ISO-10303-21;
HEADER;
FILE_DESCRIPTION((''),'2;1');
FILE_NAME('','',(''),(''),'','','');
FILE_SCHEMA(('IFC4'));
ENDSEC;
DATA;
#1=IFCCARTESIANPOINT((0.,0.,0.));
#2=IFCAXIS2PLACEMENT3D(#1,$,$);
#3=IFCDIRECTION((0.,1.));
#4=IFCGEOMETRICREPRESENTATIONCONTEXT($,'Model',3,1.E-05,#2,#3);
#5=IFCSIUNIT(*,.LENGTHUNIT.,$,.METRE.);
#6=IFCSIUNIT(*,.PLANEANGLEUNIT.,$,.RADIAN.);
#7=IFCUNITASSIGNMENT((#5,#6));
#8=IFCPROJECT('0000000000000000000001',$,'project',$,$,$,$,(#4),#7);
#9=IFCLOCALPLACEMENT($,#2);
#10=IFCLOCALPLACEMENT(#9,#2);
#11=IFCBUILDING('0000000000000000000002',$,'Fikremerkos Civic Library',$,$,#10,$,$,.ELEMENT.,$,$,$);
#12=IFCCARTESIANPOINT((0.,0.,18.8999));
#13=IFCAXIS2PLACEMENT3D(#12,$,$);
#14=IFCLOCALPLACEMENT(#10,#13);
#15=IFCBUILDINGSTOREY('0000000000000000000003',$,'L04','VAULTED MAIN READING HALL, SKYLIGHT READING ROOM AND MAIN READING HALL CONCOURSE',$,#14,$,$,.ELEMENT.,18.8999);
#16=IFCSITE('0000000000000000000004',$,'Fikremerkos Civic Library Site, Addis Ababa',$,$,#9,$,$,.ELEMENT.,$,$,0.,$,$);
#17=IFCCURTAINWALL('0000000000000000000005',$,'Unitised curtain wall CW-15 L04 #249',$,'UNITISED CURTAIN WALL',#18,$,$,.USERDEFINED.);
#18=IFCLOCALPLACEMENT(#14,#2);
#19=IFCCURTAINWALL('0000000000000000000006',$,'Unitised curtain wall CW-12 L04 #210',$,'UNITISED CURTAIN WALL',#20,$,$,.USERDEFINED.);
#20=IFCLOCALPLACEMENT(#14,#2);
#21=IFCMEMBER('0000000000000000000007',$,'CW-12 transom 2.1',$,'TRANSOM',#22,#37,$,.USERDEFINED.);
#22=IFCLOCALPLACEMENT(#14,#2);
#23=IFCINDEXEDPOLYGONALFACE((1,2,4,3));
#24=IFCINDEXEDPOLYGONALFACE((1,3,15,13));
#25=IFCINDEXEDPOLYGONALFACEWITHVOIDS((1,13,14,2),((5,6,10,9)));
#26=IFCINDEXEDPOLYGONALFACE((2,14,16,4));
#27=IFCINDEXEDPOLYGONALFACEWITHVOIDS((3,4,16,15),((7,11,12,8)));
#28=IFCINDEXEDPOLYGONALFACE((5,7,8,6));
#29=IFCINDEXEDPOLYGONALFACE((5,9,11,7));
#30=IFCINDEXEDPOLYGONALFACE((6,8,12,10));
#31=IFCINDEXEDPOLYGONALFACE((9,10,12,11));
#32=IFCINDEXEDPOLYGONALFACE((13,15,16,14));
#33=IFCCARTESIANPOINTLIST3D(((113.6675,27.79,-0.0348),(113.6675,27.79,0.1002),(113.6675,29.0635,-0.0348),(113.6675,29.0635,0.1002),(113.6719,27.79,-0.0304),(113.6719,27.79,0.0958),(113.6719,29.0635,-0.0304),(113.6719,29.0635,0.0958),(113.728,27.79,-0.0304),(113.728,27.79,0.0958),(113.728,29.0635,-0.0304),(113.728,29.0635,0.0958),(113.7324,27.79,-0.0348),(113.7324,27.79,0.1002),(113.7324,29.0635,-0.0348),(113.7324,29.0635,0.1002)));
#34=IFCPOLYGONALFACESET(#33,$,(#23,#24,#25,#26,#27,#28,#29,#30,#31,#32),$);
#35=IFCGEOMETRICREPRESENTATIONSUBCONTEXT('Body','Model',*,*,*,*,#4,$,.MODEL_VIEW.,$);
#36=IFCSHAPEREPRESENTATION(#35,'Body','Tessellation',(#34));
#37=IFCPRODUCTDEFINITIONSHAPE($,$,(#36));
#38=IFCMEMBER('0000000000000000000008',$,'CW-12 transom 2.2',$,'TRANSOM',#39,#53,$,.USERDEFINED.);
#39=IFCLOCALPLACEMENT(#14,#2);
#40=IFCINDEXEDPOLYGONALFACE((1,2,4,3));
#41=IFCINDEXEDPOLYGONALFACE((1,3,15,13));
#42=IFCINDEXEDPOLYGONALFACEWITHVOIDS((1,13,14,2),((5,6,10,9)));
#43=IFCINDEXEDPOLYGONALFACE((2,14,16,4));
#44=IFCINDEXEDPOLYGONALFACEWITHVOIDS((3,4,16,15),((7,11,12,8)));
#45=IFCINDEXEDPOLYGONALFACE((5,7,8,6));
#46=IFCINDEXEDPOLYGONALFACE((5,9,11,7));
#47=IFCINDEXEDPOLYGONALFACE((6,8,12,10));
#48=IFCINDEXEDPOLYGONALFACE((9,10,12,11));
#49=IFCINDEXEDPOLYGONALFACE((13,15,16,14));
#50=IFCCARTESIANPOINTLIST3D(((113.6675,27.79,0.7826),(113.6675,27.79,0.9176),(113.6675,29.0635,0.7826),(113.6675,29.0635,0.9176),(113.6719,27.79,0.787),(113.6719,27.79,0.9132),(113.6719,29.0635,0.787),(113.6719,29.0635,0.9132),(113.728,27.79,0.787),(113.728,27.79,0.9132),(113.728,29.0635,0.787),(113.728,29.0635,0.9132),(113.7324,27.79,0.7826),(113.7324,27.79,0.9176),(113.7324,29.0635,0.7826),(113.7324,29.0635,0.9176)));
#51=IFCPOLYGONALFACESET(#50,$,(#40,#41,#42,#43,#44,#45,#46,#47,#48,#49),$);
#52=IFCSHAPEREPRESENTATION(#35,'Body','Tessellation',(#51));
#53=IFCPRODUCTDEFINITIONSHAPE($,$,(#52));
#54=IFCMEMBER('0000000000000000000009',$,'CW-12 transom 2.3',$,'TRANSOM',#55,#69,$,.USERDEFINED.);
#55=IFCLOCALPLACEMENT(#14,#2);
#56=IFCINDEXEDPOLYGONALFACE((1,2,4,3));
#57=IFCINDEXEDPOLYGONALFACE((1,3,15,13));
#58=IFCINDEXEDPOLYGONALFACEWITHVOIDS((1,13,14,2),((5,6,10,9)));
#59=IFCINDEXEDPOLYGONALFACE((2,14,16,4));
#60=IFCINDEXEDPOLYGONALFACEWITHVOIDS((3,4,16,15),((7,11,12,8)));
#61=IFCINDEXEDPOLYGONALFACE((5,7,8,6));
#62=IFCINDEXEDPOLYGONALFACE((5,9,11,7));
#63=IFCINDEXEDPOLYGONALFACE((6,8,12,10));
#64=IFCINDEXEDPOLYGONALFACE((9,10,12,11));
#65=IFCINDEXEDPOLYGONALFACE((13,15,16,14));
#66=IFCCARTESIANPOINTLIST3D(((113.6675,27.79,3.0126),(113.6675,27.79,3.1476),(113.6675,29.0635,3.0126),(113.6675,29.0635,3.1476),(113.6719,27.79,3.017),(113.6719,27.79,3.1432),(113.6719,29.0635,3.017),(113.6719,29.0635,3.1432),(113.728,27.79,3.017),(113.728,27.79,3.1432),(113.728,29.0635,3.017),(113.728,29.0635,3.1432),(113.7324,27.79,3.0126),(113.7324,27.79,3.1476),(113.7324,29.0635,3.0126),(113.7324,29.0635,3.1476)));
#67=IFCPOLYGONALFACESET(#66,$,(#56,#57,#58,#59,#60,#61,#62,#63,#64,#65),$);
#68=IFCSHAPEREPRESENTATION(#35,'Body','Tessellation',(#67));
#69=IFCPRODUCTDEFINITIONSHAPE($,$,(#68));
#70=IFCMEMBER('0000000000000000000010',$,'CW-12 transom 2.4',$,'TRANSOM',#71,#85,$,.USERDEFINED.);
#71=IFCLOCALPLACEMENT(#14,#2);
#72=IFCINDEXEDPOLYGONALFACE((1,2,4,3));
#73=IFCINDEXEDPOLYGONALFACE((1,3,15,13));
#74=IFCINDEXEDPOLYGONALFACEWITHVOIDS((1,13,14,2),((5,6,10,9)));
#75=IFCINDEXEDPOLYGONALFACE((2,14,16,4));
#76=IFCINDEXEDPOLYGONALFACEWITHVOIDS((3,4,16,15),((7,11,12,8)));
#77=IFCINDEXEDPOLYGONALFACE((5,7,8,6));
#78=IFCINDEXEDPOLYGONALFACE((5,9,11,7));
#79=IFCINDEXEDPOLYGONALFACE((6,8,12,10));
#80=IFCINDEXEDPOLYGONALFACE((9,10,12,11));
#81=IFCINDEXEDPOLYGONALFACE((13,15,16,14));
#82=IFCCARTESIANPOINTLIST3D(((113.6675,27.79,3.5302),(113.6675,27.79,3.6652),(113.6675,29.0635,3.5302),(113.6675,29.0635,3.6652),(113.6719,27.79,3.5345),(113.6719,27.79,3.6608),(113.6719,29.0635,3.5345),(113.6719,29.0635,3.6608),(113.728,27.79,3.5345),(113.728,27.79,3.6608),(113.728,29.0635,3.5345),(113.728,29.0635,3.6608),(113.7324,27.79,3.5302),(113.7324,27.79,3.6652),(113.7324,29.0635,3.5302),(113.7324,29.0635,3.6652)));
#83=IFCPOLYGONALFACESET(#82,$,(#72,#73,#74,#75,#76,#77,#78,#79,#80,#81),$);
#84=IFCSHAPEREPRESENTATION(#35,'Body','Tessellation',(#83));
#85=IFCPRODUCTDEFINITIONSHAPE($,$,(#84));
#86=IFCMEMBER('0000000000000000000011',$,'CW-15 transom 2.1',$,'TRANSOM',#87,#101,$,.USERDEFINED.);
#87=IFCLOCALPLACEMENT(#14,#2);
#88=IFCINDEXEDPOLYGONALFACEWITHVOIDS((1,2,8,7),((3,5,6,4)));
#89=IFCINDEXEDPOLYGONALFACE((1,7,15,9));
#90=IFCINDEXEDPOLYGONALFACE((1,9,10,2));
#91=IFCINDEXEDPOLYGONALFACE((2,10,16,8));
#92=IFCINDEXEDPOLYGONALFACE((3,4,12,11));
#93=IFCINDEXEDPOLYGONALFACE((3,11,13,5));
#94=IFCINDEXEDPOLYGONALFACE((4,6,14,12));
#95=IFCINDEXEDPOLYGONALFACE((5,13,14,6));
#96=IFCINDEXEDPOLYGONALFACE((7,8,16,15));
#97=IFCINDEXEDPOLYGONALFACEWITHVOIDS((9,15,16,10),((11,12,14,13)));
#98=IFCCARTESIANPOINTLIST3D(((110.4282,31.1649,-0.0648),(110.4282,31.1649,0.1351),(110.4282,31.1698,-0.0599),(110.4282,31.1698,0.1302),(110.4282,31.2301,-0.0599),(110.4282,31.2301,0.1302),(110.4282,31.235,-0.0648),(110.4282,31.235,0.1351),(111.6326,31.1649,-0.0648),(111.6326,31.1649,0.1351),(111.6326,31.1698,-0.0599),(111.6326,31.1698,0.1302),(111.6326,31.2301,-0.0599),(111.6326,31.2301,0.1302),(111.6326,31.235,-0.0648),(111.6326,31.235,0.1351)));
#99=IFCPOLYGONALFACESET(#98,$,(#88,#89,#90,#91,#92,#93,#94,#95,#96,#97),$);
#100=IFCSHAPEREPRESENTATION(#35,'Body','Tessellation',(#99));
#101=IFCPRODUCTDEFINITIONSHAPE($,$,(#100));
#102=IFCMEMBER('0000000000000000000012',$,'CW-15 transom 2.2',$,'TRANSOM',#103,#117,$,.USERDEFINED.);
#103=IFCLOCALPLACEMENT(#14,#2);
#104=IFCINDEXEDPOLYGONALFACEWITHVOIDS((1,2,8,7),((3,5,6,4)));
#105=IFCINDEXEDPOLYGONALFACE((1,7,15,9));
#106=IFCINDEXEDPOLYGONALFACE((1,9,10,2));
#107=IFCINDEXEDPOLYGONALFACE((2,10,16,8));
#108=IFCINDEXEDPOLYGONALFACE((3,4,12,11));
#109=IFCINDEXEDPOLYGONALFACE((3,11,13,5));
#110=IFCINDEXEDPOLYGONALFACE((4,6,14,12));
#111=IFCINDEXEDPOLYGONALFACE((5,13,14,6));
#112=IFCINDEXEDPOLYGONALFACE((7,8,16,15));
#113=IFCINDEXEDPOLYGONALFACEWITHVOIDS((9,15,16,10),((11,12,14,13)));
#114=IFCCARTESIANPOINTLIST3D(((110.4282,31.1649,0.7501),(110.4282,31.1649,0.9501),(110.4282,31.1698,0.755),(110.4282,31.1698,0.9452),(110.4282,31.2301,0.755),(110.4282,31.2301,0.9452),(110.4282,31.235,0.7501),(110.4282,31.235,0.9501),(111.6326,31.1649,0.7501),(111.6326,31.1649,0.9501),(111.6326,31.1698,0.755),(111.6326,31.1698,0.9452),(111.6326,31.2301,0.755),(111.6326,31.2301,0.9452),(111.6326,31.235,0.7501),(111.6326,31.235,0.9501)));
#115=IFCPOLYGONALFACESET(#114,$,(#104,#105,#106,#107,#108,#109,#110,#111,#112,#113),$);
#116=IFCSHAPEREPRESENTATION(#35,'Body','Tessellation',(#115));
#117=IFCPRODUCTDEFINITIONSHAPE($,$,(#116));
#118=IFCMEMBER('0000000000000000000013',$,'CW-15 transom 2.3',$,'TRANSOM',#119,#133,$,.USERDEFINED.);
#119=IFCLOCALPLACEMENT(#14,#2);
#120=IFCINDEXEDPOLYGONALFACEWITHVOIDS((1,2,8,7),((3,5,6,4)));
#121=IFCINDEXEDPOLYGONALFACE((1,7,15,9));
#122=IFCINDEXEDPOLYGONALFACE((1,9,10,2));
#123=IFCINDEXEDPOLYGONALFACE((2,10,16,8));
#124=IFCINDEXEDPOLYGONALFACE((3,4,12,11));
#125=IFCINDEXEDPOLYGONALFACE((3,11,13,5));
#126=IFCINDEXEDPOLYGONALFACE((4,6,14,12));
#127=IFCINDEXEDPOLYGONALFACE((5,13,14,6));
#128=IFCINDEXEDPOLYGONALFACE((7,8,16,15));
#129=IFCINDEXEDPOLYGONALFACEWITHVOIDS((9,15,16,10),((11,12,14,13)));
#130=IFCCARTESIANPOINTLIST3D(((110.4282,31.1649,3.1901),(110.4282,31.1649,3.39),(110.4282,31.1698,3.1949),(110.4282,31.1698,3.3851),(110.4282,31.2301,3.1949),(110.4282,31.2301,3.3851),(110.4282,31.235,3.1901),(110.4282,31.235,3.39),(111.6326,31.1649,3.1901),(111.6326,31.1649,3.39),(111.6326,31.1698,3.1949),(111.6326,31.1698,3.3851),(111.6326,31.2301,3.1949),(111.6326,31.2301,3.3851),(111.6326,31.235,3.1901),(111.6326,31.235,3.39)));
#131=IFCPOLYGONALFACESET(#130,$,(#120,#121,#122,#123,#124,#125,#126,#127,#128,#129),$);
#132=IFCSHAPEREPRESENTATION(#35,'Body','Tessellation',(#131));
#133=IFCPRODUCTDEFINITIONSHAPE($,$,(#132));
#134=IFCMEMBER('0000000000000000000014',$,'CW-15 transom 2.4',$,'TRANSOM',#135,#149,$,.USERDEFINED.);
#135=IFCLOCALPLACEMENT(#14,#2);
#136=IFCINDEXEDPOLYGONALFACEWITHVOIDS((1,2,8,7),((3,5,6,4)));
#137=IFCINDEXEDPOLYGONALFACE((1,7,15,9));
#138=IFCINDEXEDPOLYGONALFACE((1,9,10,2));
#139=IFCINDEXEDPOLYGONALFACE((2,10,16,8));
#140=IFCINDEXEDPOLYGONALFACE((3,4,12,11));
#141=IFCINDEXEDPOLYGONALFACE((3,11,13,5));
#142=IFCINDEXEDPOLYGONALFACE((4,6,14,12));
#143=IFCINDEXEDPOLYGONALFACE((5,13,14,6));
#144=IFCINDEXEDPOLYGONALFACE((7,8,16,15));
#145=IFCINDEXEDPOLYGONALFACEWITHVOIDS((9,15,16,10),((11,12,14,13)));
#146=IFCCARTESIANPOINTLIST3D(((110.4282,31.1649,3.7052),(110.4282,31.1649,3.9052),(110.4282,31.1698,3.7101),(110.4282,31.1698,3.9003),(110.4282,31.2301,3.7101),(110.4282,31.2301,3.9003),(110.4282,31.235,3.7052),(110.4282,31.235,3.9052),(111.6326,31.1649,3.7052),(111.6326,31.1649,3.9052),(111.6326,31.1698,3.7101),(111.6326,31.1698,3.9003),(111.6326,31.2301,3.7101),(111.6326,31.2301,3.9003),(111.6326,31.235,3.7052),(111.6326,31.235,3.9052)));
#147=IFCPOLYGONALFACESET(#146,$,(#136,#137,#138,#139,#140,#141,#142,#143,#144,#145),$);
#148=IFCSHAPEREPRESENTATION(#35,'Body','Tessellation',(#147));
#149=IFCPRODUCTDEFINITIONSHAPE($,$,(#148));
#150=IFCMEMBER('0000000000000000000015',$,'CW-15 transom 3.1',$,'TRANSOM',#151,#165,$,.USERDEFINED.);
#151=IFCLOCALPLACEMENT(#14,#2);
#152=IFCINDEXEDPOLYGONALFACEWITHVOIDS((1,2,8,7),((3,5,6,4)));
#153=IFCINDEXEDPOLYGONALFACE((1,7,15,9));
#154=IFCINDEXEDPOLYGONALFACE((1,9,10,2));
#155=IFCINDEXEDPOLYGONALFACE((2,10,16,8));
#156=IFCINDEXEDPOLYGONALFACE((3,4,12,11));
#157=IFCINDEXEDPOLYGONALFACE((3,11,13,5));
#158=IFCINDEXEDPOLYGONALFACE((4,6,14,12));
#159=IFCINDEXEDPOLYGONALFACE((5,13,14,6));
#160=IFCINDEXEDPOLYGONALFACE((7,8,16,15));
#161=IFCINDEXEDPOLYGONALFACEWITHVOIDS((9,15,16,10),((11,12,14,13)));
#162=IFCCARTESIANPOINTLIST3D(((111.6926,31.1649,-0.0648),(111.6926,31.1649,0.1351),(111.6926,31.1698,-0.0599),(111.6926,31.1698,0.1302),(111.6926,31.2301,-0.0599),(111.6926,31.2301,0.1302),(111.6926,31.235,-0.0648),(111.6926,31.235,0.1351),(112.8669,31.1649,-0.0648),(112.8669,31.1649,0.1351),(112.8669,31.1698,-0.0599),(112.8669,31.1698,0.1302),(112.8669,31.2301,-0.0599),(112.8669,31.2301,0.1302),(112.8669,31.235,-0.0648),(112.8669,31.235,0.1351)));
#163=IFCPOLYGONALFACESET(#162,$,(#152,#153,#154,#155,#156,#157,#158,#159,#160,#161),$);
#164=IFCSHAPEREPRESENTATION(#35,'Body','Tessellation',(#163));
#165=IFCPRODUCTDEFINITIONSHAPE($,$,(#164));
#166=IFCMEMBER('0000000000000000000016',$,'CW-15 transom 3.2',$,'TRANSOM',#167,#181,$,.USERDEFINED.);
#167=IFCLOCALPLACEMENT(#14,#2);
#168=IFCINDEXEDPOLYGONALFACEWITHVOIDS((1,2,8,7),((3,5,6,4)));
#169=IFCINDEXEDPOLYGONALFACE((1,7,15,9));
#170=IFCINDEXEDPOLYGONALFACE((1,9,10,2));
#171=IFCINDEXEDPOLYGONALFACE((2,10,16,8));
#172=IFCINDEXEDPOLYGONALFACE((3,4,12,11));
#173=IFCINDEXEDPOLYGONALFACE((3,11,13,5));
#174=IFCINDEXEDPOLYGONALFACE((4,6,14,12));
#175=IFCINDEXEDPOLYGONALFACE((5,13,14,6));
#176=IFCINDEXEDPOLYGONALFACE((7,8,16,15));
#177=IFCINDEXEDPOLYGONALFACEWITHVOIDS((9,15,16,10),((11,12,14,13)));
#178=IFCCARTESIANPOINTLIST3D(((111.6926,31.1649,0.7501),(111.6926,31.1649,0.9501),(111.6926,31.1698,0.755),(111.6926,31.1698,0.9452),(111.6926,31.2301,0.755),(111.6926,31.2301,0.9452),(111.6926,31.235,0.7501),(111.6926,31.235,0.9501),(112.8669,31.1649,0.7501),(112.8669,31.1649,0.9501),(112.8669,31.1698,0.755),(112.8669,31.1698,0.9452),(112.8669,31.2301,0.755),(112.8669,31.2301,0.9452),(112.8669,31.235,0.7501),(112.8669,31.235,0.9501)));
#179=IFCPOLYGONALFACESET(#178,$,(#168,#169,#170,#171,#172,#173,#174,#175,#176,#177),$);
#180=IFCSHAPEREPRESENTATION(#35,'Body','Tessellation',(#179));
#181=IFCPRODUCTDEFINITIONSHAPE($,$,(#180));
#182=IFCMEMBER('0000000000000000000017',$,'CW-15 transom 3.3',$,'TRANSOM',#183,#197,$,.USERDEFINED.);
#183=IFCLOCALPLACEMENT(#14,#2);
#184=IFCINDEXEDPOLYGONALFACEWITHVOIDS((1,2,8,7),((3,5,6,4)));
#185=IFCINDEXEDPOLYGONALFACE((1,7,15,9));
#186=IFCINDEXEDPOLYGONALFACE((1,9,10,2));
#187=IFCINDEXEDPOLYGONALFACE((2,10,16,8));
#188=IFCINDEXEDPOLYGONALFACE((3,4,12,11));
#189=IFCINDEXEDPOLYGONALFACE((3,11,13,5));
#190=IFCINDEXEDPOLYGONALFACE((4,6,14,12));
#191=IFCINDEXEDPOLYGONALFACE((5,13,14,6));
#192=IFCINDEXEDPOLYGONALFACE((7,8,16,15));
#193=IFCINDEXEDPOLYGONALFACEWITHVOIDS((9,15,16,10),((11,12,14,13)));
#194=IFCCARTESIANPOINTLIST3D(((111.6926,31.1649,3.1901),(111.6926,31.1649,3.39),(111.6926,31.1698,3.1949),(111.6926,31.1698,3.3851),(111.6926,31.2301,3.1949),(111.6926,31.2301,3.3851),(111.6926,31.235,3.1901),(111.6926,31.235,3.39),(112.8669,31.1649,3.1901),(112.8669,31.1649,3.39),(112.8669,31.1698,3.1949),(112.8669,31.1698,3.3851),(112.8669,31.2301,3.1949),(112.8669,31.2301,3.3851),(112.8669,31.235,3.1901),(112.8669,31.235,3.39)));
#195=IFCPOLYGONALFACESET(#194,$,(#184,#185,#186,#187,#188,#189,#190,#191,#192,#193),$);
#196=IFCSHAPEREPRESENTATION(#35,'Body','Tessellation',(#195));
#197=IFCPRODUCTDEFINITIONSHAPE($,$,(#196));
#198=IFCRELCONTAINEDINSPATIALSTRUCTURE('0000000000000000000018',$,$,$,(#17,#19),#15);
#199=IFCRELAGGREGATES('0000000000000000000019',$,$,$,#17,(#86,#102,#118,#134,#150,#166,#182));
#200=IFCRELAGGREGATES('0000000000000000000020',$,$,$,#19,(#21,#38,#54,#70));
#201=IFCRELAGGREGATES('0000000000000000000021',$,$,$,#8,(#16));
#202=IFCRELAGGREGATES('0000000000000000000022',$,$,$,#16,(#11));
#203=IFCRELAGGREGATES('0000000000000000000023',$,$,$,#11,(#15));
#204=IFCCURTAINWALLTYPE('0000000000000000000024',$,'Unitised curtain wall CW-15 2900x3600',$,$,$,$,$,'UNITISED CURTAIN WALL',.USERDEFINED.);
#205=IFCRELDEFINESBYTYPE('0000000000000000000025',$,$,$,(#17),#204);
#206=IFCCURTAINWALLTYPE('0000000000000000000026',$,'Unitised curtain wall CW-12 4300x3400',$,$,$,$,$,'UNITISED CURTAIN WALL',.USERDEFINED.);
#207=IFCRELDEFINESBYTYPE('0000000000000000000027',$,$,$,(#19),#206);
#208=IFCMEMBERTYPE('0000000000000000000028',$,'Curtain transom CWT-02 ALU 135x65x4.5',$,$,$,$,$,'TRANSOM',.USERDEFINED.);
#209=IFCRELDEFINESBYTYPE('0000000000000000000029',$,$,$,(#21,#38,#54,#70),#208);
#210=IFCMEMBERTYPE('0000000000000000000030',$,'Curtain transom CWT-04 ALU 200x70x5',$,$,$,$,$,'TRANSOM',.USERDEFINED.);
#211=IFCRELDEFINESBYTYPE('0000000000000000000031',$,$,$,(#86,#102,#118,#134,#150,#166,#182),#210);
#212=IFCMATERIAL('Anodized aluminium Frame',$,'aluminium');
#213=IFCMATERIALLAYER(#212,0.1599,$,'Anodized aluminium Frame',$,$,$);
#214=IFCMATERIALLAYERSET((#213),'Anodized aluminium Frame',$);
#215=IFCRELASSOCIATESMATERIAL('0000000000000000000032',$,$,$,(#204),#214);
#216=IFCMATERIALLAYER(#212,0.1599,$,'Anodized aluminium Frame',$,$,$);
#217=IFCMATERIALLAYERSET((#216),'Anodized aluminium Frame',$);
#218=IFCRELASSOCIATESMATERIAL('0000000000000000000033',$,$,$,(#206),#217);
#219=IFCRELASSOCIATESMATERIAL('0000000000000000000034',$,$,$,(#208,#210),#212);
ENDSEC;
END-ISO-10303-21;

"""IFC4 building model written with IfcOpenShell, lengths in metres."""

from ifc_helpers import new_model, si_unit, direction, frame, origin, origin_2d, place, context, subcontext, project, spatial, hollow_rectangle, extrude, material, layer, layer_set, material_profile, profile_set, type_object, element, aggregate, save


model = new_model("IFC4")

# Units and contexts
model_context = context("Model", 3, precision=1e-05, world=origin(), true_north=direction((0.0, 1.0)))
body_context = subcontext(model_context, "Body", "Model", "MODEL_VIEW")
ifc_project = project(units=[si_unit("LENGTHUNIT", "METRE"), si_unit("PLANEANGLEUNIT", "RADIAN")], contexts=[model_context])

# Site, building, storey
site_placement = place(None, origin())
site = spatial("IfcSite", under=ifc_project, at=site_placement, Name="Fikremerkos Civic Library Site, Addis Ababa", CompositionType="ELEMENT", RefElevation=0.0)
building_placement = place(site_placement, origin())
building = spatial("IfcBuilding", under=site, at=building_placement, Name="Fikremerkos Civic Library", CompositionType="ELEMENT")
storey_placement = place(building_placement, frame((0.0, 0.0, 18.8999)))
storey = spatial("IfcBuildingStorey", under=building, at=storey_placement, Name="L04", Description="VAULTED MAIN READING HALL, SKYLIGHT READING ROOM AND MAIN READING HALL CONCOURSE", CompositionType="ELEMENT", Elevation=18.8999)

# Curtain walls, members
ifc_material_1 = material(Name="Anodized aluminium Frame", Category="aluminium")
ifc_layer_1 = layer(ifc_material_1, 0.1599, Name="Anodized aluminium Frame")
ifc_layer_set_1 = layer_set([ifc_layer_1], Name="Anodized aluminium Frame")
curtain_wall_type_1 = type_object("IfcCurtainWallType", Name="Unitised curtain wall CW-15 2900x3600", ElementType="UNITISED CURTAIN WALL", PredefinedType="USERDEFINED", material=ifc_layer_set_1)
curtain_wall_1_placement = place(storey_placement, origin())
curtain_wall_1 = element("IfcCurtainWall", 1, at=curtain_wall_1_placement, inside=storey, type_object=curtain_wall_type_1, Name="Unitised curtain wall CW-15 L04 #249", ObjectType="UNITISED CURTAIN WALL", PredefinedType="USERDEFINED")
ifc_layer_2 = layer(ifc_material_1, 0.1599, Name="Anodized aluminium Frame")
ifc_layer_set_2 = layer_set([ifc_layer_2], Name="Anodized aluminium Frame")
curtain_wall_type_2 = type_object("IfcCurtainWallType", Name="Unitised curtain wall CW-12 4300x3400", ElementType="UNITISED CURTAIN WALL", PredefinedType="USERDEFINED", material=ifc_layer_set_2)
curtain_wall_2_placement = place(storey_placement, origin())
curtain_wall_2 = element("IfcCurtainWall", 2, at=curtain_wall_2_placement, inside=storey, type_object=curtain_wall_type_2, Name="Unitised curtain wall CW-12 L04 #210", ObjectType="UNITISED CURTAIN WALL", PredefinedType="USERDEFINED")
ifc_material_profile_1 = material_profile(ifc_material_1, hollow_rectangle(XDim=0.0649, YDim=0.135, WallThickness=0.0044, at=origin_2d()), Name="ALU 135x65x4.5")
ifc_profile_set_1 = profile_set([ifc_material_profile_1], Name="Anodized aluminium Frame")
member_type_1 = type_object("IfcMemberType", Name="Curtain transom CWT-02 ALU 135x65x4.5", ElementType="TRANSOM", PredefinedType="USERDEFINED", material=ifc_profile_set_1)
member_1_placement = place(storey_placement, frame((113.7, 29.0635, 0.0327), z_axis=(0.0, -1.0, 0.0), x_axis=(1.0, 0.0, 0.0)))
member_1 = element("IfcMember", 3, at=member_1_placement, type_object=member_type_1, Name="CW-12 transom 2.1", ObjectType="TRANSOM", PredefinedType="USERDEFINED", context=body_context, shape_type="SweptSolid", body=[
    extrude(hollow_rectangle(XDim=0.0649, YDim=0.135, WallThickness=0.0044, at=origin_2d()), origin(), (0.0, 0.0, 1.0), 1.2734),
])
member_2_placement = place(storey_placement, frame((113.7, 29.0635, 0.8501), z_axis=(0.0, -1.0, 0.0), x_axis=(1.0, 0.0, 0.0)))
member_2 = element("IfcMember", 4, at=member_2_placement, type_object=member_type_1, Name="CW-12 transom 2.2", ObjectType="TRANSOM", PredefinedType="USERDEFINED", context=body_context, shape_type="SweptSolid", body=[
    extrude(hollow_rectangle(XDim=0.0649, YDim=0.135, WallThickness=0.0044, at=origin_2d()), origin(), (0.0, 0.0, 1.0), 1.2734),
])
member_3_placement = place(storey_placement, frame((113.7, 29.0635, 3.0801), z_axis=(0.0, -1.0, 0.0), x_axis=(1.0, 0.0, 0.0)))
member_3 = element("IfcMember", 5, at=member_3_placement, type_object=member_type_1, Name="CW-12 transom 2.3", ObjectType="TRANSOM", PredefinedType="USERDEFINED", context=body_context, shape_type="SweptSolid", body=[
    extrude(hollow_rectangle(XDim=0.0649, YDim=0.135, WallThickness=0.0044, at=origin_2d()), origin(), (0.0, 0.0, 1.0), 1.2734),
])
member_4_placement = place(storey_placement, frame((113.7, 29.0635, 3.5977), z_axis=(0.0, -1.0, 0.0), x_axis=(1.0, 0.0, 0.0)))
member_4 = element("IfcMember", 6, at=member_4_placement, type_object=member_type_1, Name="CW-12 transom 2.4", ObjectType="TRANSOM", PredefinedType="USERDEFINED", context=body_context, shape_type="SweptSolid", body=[
    extrude(hollow_rectangle(XDim=0.0649, YDim=0.135, WallThickness=0.0044, at=origin_2d()), origin(), (0.0, 0.0, 1.0), 1.2734),
])

# Members
ifc_material_profile_2 = material_profile(ifc_material_1, hollow_rectangle(XDim=0.0701, YDim=0.2, WallThickness=0.0049, at=origin_2d()), Name="ALU 200x70x5")
ifc_profile_set_2 = profile_set([ifc_material_profile_2], Name="Anodized aluminium Frame")
member_type_2 = type_object("IfcMemberType", Name="Curtain transom CWT-04 ALU 200x70x5", ElementType="TRANSOM", PredefinedType="USERDEFINED", material=ifc_profile_set_2)
member_5_placement = place(storey_placement, frame((110.4282, 31.2, 0.0352), z_axis=(1.0, 0.0, 0.0), x_axis=(0.0, 1.0, 0.0)))
member_5 = element("IfcMember", 7, at=member_5_placement, type_object=member_type_2, Name="CW-15 transom 2.1", ObjectType="TRANSOM", PredefinedType="USERDEFINED", context=body_context, shape_type="SweptSolid", body=[
    extrude(hollow_rectangle(XDim=0.0701, YDim=0.2, WallThickness=0.0049, at=origin_2d()), origin(), (0.0, 0.0, 1.0), 1.2043),
])
member_6_placement = place(storey_placement, frame((110.4282, 31.2, 0.8501), z_axis=(1.0, 0.0, 0.0), x_axis=(0.0, 1.0, 0.0)))
member_6 = element("IfcMember", 8, at=member_6_placement, type_object=member_type_2, Name="CW-15 transom 2.2", ObjectType="TRANSOM", PredefinedType="USERDEFINED", context=body_context, shape_type="SweptSolid", body=[
    extrude(hollow_rectangle(XDim=0.0701, YDim=0.2, WallThickness=0.0049, at=origin_2d()), origin(), (0.0, 0.0, 1.0), 1.2043),
])
member_7_placement = place(storey_placement, frame((110.4282, 31.2, 3.29), z_axis=(1.0, 0.0, 0.0), x_axis=(0.0, 1.0, 0.0)))
member_7 = element("IfcMember", 9, at=member_7_placement, type_object=member_type_2, Name="CW-15 transom 2.3", ObjectType="TRANSOM", PredefinedType="USERDEFINED", context=body_context, shape_type="SweptSolid", body=[
    extrude(hollow_rectangle(XDim=0.0701, YDim=0.2, WallThickness=0.0049, at=origin_2d()), origin(), (0.0, 0.0, 1.0), 1.2043),
])
member_8_placement = place(storey_placement, frame((110.4282, 31.2, 3.8052), z_axis=(1.0, 0.0, 0.0), x_axis=(0.0, 1.0, 0.0)))
member_8 = element("IfcMember", 10, at=member_8_placement, type_object=member_type_2, Name="CW-15 transom 2.4", ObjectType="TRANSOM", PredefinedType="USERDEFINED", context=body_context, shape_type="SweptSolid", body=[
    extrude(hollow_rectangle(XDim=0.0701, YDim=0.2, WallThickness=0.0049, at=origin_2d()), origin(), (0.0, 0.0, 1.0), 1.2043),
])
member_9_placement = place(storey_placement, frame((111.6926, 31.2, 0.0352), z_axis=(1.0, 0.0, 0.0), x_axis=(0.0, 1.0, 0.0)))
member_9 = element("IfcMember", 11, at=member_9_placement, type_object=member_type_2, Name="CW-15 transom 3.1", ObjectType="TRANSOM", PredefinedType="USERDEFINED", context=body_context, shape_type="SweptSolid", body=[
    extrude(hollow_rectangle(XDim=0.0701, YDim=0.2, WallThickness=0.0049, at=origin_2d()), origin(), (0.0, 0.0, 1.0), 1.1743),
])
member_10_placement = place(storey_placement, frame((111.6926, 31.2, 0.8501), z_axis=(1.0, 0.0, 0.0), x_axis=(0.0, 1.0, 0.0)))
member_10 = element("IfcMember", 12, at=member_10_placement, type_object=member_type_2, Name="CW-15 transom 3.2", ObjectType="TRANSOM", PredefinedType="USERDEFINED", context=body_context, shape_type="SweptSolid", body=[
    extrude(hollow_rectangle(XDim=0.0701, YDim=0.2, WallThickness=0.0049, at=origin_2d()), origin(), (0.0, 0.0, 1.0), 1.1743),
])
member_11_placement = place(storey_placement, frame((111.6926, 31.2, 3.29), z_axis=(1.0, 0.0, 0.0), x_axis=(0.0, 1.0, 0.0)))
member_11 = element("IfcMember", 13, at=member_11_placement, type_object=member_type_2, Name="CW-15 transom 3.3", ObjectType="TRANSOM", PredefinedType="USERDEFINED", context=body_context, shape_type="SweptSolid", body=[
    extrude(hollow_rectangle(XDim=0.0701, YDim=0.2, WallThickness=0.0049, at=origin_2d()), origin(), (0.0, 0.0, 1.0), 1.1743),
])

aggregate(curtain_wall_1, [member_5, member_6, member_7, member_8, member_9, member_10, member_11])
aggregate(curtain_wall_2, [member_1, member_2, member_3, member_4])

save(model, "model.ifc")
